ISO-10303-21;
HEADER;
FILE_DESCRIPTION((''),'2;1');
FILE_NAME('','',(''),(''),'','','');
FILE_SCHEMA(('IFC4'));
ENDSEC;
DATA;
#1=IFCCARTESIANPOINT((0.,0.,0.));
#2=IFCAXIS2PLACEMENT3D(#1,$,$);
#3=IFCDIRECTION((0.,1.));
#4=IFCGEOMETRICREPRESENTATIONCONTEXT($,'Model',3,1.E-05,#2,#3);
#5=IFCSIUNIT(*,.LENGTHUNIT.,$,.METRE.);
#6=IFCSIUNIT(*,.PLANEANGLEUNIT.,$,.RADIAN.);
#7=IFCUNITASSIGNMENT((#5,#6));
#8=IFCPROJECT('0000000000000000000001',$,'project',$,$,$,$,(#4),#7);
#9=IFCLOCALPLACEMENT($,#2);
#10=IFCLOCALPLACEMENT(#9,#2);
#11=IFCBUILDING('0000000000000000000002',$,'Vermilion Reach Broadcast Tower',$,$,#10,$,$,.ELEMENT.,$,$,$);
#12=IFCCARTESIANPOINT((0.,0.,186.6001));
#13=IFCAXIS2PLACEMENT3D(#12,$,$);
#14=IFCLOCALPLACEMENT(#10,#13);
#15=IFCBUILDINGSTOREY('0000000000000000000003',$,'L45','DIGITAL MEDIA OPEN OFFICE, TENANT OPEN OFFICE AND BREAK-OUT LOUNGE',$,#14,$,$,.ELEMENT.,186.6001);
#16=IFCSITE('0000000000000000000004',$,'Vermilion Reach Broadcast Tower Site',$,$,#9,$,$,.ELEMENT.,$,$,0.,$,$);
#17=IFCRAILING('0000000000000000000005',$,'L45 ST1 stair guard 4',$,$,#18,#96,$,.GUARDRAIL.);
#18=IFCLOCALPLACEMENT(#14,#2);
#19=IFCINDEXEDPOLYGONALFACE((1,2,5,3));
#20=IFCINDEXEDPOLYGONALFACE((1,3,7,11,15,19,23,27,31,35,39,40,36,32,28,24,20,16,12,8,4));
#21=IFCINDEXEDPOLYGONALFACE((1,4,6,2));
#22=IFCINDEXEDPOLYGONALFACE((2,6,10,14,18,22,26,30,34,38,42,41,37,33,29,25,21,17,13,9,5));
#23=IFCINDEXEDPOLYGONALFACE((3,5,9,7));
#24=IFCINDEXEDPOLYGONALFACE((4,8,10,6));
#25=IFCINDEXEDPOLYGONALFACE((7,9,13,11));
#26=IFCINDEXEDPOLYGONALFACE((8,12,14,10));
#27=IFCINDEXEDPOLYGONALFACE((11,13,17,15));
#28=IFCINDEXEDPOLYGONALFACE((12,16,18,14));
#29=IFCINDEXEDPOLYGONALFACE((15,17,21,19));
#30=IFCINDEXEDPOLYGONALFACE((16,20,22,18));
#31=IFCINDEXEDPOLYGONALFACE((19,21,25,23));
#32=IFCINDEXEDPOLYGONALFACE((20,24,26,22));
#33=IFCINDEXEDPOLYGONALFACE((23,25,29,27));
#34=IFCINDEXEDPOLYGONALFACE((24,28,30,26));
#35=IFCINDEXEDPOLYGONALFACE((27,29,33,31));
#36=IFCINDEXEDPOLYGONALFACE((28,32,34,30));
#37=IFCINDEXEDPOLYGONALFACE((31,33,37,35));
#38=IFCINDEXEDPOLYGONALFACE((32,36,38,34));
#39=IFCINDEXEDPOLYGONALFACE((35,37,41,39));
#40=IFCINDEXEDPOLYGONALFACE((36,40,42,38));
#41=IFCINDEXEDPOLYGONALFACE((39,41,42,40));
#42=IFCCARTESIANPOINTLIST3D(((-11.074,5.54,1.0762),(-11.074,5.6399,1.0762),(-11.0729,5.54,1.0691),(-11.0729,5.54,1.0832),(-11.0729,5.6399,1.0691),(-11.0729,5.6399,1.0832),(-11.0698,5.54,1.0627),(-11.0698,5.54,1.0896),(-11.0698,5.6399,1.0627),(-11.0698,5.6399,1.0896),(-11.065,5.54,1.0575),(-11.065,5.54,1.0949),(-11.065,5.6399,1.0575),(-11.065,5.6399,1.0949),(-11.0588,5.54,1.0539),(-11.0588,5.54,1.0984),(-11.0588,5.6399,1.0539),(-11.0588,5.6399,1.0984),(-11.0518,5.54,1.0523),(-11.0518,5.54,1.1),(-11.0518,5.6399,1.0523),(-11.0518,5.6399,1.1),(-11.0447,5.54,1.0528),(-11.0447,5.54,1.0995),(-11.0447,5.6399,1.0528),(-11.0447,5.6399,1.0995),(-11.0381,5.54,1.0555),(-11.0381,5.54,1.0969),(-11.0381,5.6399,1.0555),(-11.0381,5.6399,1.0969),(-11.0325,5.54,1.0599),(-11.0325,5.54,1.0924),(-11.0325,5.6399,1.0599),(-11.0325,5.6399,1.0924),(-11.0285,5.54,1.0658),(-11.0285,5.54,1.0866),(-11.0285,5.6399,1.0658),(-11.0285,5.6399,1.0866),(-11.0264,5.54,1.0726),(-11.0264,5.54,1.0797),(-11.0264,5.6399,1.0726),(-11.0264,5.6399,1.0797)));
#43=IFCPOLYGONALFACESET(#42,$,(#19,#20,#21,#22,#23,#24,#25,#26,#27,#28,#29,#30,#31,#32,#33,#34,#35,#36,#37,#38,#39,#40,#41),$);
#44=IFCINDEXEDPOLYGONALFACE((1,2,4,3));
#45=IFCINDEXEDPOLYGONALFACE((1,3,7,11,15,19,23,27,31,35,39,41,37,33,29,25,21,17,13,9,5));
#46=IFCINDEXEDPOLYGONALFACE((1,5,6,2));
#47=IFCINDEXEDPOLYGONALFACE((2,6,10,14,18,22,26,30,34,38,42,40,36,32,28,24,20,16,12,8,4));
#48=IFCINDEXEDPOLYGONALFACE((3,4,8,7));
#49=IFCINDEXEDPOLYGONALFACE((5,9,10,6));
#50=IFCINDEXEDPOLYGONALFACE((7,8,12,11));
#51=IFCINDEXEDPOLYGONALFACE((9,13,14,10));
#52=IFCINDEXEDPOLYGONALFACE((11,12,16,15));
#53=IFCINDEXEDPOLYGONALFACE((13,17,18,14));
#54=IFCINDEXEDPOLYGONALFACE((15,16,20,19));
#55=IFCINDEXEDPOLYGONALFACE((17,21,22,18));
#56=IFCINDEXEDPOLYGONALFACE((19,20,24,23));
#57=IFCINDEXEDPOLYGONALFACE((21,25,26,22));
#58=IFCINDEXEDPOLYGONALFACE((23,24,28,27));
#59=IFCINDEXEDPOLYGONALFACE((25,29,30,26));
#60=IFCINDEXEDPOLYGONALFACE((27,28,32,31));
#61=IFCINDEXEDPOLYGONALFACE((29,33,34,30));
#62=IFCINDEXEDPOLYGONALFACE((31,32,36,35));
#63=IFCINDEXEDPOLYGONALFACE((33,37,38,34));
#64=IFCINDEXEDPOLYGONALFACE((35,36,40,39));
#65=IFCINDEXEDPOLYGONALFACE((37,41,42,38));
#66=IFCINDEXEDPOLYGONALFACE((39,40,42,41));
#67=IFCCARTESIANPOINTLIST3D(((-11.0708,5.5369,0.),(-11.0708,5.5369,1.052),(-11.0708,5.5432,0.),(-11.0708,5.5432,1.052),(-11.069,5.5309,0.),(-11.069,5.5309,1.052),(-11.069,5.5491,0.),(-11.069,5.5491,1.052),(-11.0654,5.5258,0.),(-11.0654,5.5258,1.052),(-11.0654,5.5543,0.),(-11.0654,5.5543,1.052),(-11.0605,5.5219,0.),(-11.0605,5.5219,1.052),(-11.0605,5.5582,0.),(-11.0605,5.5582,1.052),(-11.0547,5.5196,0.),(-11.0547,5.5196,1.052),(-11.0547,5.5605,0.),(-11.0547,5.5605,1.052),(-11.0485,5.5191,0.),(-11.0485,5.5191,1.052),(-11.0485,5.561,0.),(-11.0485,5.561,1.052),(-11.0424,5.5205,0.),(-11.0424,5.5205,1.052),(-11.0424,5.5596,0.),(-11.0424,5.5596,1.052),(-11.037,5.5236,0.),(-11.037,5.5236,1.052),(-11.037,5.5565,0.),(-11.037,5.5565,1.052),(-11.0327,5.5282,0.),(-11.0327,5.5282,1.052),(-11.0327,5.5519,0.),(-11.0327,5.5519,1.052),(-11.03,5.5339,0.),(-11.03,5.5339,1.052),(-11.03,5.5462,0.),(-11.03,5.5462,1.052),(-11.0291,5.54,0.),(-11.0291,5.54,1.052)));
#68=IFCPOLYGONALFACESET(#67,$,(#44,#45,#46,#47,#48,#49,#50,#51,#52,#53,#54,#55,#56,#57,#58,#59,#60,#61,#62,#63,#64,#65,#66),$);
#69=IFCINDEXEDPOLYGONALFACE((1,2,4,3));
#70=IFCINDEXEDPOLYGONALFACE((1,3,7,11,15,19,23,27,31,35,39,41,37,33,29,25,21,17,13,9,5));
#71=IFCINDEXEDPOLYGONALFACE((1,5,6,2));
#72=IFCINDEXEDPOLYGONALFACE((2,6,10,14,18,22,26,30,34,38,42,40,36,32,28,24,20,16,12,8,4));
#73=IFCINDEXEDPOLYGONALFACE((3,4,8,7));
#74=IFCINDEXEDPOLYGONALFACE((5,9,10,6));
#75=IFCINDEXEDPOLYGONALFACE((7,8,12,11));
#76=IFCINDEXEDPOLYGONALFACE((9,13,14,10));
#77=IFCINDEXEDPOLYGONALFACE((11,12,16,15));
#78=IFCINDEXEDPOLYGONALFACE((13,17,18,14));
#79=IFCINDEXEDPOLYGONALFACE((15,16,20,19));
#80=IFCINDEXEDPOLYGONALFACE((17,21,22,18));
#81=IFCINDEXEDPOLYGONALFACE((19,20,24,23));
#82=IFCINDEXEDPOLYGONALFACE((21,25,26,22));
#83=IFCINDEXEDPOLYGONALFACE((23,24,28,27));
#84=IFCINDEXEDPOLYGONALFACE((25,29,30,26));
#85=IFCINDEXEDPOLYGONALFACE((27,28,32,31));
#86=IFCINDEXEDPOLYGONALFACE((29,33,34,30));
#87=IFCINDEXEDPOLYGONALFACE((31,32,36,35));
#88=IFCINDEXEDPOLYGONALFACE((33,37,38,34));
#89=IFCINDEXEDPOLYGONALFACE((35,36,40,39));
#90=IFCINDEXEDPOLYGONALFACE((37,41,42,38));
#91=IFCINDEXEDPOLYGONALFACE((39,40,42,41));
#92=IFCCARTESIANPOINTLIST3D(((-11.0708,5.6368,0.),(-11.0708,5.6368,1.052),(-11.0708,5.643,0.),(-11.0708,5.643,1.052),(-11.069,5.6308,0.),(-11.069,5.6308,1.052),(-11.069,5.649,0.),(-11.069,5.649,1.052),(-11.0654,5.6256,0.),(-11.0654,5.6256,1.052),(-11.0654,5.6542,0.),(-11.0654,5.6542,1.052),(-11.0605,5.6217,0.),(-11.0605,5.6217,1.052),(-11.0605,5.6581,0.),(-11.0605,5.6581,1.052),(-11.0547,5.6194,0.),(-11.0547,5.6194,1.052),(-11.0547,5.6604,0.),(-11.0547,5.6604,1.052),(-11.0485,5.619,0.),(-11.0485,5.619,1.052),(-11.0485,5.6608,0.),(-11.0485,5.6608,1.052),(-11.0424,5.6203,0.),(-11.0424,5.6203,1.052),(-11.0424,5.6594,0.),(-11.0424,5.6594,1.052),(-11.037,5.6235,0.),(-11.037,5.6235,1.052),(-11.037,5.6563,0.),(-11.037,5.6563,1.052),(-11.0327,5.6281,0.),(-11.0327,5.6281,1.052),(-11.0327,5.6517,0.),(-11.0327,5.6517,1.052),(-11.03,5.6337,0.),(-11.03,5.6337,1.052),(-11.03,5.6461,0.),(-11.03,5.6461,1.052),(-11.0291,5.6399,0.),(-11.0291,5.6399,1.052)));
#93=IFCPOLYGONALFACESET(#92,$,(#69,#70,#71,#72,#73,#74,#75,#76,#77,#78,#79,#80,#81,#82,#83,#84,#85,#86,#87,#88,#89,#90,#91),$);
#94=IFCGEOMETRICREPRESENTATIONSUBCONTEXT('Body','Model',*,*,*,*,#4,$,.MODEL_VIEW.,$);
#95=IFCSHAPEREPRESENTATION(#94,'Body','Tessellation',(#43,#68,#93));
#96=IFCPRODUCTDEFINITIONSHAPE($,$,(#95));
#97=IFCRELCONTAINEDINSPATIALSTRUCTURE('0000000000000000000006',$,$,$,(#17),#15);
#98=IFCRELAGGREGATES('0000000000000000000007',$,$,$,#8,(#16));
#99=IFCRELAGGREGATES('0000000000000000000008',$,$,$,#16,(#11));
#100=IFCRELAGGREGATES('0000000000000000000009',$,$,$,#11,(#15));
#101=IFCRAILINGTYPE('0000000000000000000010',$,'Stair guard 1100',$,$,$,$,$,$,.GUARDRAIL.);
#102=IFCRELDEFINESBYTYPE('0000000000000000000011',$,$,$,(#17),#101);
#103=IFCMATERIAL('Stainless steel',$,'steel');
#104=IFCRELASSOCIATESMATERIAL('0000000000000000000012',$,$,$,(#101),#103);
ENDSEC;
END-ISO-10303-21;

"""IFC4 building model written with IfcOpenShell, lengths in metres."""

from ifc_helpers import new_model, si_unit, direction, frame, origin, origin_2d, place, context, subcontext, project, spatial, circle, extrude, material, type_object, element, save


model = new_model("IFC4")

# Units and contexts
model_context = context("Model", 3, precision=1e-05, world=origin(), true_north=direction((0.0, 1.0)))
body_context = subcontext(model_context, "Body", "Model", "MODEL_VIEW")
ifc_project = project(units=[si_unit("LENGTHUNIT", "METRE"), si_unit("PLANEANGLEUNIT", "RADIAN")], contexts=[model_context])

# Site, building, storey
site_placement = place(None, origin())
site = spatial("IfcSite", under=ifc_project, at=site_placement, Name="Vermilion Reach Broadcast Tower Site", CompositionType="ELEMENT", RefElevation=0.0)
building_placement = place(site_placement, origin())
building = spatial("IfcBuilding", under=site, at=building_placement, Name="Vermilion Reach Broadcast Tower", CompositionType="ELEMENT")
storey_placement = place(building_placement, frame((0.0, 0.0, 186.6001)))
storey = spatial("IfcBuildingStorey", under=building, at=storey_placement, Name="L45", Description="DIGITAL MEDIA OPEN OFFICE, TENANT OPEN OFFICE AND BREAK-OUT LOUNGE", CompositionType="ELEMENT", Elevation=186.6001)

# Railing
ifc_material_1 = material(Name="Stainless steel", Category="steel")
railing_type_1 = type_object("IfcRailingType", Name="Stair guard 1100", PredefinedType="GUARDRAIL", material=ifc_material_1)
railing_1_placement = place(storey_placement, frame((-11.05, 5.54, 0.0)))
element("IfcRailing", 1, at=railing_1_placement, inside=storey, type_object=railing_type_1, Name="L45 ST1 stair guard 4", PredefinedType="GUARDRAIL", context=body_context, shape_type="SweptSolid", body=[
    extrude(circle(Radius=0.0239, at=origin_2d()), frame((0.0, 0.0, 1.0762), z_axis=(0.0, 1.0, 0.0), x_axis=(-1.0, 0.0, 0.0)), (0.0, 0.0, 1.0), 0.0999),
    extrude(circle(Radius=0.021, at=origin_2d()), origin(), (0.0, 0.0, 1.0), 1.052),
    extrude(circle(Radius=0.021, at=origin_2d()), frame((0.0, 0.0999, 0.0)), (0.0, 0.0, 1.0), 1.052),
])

save(model, "model.ifc")
